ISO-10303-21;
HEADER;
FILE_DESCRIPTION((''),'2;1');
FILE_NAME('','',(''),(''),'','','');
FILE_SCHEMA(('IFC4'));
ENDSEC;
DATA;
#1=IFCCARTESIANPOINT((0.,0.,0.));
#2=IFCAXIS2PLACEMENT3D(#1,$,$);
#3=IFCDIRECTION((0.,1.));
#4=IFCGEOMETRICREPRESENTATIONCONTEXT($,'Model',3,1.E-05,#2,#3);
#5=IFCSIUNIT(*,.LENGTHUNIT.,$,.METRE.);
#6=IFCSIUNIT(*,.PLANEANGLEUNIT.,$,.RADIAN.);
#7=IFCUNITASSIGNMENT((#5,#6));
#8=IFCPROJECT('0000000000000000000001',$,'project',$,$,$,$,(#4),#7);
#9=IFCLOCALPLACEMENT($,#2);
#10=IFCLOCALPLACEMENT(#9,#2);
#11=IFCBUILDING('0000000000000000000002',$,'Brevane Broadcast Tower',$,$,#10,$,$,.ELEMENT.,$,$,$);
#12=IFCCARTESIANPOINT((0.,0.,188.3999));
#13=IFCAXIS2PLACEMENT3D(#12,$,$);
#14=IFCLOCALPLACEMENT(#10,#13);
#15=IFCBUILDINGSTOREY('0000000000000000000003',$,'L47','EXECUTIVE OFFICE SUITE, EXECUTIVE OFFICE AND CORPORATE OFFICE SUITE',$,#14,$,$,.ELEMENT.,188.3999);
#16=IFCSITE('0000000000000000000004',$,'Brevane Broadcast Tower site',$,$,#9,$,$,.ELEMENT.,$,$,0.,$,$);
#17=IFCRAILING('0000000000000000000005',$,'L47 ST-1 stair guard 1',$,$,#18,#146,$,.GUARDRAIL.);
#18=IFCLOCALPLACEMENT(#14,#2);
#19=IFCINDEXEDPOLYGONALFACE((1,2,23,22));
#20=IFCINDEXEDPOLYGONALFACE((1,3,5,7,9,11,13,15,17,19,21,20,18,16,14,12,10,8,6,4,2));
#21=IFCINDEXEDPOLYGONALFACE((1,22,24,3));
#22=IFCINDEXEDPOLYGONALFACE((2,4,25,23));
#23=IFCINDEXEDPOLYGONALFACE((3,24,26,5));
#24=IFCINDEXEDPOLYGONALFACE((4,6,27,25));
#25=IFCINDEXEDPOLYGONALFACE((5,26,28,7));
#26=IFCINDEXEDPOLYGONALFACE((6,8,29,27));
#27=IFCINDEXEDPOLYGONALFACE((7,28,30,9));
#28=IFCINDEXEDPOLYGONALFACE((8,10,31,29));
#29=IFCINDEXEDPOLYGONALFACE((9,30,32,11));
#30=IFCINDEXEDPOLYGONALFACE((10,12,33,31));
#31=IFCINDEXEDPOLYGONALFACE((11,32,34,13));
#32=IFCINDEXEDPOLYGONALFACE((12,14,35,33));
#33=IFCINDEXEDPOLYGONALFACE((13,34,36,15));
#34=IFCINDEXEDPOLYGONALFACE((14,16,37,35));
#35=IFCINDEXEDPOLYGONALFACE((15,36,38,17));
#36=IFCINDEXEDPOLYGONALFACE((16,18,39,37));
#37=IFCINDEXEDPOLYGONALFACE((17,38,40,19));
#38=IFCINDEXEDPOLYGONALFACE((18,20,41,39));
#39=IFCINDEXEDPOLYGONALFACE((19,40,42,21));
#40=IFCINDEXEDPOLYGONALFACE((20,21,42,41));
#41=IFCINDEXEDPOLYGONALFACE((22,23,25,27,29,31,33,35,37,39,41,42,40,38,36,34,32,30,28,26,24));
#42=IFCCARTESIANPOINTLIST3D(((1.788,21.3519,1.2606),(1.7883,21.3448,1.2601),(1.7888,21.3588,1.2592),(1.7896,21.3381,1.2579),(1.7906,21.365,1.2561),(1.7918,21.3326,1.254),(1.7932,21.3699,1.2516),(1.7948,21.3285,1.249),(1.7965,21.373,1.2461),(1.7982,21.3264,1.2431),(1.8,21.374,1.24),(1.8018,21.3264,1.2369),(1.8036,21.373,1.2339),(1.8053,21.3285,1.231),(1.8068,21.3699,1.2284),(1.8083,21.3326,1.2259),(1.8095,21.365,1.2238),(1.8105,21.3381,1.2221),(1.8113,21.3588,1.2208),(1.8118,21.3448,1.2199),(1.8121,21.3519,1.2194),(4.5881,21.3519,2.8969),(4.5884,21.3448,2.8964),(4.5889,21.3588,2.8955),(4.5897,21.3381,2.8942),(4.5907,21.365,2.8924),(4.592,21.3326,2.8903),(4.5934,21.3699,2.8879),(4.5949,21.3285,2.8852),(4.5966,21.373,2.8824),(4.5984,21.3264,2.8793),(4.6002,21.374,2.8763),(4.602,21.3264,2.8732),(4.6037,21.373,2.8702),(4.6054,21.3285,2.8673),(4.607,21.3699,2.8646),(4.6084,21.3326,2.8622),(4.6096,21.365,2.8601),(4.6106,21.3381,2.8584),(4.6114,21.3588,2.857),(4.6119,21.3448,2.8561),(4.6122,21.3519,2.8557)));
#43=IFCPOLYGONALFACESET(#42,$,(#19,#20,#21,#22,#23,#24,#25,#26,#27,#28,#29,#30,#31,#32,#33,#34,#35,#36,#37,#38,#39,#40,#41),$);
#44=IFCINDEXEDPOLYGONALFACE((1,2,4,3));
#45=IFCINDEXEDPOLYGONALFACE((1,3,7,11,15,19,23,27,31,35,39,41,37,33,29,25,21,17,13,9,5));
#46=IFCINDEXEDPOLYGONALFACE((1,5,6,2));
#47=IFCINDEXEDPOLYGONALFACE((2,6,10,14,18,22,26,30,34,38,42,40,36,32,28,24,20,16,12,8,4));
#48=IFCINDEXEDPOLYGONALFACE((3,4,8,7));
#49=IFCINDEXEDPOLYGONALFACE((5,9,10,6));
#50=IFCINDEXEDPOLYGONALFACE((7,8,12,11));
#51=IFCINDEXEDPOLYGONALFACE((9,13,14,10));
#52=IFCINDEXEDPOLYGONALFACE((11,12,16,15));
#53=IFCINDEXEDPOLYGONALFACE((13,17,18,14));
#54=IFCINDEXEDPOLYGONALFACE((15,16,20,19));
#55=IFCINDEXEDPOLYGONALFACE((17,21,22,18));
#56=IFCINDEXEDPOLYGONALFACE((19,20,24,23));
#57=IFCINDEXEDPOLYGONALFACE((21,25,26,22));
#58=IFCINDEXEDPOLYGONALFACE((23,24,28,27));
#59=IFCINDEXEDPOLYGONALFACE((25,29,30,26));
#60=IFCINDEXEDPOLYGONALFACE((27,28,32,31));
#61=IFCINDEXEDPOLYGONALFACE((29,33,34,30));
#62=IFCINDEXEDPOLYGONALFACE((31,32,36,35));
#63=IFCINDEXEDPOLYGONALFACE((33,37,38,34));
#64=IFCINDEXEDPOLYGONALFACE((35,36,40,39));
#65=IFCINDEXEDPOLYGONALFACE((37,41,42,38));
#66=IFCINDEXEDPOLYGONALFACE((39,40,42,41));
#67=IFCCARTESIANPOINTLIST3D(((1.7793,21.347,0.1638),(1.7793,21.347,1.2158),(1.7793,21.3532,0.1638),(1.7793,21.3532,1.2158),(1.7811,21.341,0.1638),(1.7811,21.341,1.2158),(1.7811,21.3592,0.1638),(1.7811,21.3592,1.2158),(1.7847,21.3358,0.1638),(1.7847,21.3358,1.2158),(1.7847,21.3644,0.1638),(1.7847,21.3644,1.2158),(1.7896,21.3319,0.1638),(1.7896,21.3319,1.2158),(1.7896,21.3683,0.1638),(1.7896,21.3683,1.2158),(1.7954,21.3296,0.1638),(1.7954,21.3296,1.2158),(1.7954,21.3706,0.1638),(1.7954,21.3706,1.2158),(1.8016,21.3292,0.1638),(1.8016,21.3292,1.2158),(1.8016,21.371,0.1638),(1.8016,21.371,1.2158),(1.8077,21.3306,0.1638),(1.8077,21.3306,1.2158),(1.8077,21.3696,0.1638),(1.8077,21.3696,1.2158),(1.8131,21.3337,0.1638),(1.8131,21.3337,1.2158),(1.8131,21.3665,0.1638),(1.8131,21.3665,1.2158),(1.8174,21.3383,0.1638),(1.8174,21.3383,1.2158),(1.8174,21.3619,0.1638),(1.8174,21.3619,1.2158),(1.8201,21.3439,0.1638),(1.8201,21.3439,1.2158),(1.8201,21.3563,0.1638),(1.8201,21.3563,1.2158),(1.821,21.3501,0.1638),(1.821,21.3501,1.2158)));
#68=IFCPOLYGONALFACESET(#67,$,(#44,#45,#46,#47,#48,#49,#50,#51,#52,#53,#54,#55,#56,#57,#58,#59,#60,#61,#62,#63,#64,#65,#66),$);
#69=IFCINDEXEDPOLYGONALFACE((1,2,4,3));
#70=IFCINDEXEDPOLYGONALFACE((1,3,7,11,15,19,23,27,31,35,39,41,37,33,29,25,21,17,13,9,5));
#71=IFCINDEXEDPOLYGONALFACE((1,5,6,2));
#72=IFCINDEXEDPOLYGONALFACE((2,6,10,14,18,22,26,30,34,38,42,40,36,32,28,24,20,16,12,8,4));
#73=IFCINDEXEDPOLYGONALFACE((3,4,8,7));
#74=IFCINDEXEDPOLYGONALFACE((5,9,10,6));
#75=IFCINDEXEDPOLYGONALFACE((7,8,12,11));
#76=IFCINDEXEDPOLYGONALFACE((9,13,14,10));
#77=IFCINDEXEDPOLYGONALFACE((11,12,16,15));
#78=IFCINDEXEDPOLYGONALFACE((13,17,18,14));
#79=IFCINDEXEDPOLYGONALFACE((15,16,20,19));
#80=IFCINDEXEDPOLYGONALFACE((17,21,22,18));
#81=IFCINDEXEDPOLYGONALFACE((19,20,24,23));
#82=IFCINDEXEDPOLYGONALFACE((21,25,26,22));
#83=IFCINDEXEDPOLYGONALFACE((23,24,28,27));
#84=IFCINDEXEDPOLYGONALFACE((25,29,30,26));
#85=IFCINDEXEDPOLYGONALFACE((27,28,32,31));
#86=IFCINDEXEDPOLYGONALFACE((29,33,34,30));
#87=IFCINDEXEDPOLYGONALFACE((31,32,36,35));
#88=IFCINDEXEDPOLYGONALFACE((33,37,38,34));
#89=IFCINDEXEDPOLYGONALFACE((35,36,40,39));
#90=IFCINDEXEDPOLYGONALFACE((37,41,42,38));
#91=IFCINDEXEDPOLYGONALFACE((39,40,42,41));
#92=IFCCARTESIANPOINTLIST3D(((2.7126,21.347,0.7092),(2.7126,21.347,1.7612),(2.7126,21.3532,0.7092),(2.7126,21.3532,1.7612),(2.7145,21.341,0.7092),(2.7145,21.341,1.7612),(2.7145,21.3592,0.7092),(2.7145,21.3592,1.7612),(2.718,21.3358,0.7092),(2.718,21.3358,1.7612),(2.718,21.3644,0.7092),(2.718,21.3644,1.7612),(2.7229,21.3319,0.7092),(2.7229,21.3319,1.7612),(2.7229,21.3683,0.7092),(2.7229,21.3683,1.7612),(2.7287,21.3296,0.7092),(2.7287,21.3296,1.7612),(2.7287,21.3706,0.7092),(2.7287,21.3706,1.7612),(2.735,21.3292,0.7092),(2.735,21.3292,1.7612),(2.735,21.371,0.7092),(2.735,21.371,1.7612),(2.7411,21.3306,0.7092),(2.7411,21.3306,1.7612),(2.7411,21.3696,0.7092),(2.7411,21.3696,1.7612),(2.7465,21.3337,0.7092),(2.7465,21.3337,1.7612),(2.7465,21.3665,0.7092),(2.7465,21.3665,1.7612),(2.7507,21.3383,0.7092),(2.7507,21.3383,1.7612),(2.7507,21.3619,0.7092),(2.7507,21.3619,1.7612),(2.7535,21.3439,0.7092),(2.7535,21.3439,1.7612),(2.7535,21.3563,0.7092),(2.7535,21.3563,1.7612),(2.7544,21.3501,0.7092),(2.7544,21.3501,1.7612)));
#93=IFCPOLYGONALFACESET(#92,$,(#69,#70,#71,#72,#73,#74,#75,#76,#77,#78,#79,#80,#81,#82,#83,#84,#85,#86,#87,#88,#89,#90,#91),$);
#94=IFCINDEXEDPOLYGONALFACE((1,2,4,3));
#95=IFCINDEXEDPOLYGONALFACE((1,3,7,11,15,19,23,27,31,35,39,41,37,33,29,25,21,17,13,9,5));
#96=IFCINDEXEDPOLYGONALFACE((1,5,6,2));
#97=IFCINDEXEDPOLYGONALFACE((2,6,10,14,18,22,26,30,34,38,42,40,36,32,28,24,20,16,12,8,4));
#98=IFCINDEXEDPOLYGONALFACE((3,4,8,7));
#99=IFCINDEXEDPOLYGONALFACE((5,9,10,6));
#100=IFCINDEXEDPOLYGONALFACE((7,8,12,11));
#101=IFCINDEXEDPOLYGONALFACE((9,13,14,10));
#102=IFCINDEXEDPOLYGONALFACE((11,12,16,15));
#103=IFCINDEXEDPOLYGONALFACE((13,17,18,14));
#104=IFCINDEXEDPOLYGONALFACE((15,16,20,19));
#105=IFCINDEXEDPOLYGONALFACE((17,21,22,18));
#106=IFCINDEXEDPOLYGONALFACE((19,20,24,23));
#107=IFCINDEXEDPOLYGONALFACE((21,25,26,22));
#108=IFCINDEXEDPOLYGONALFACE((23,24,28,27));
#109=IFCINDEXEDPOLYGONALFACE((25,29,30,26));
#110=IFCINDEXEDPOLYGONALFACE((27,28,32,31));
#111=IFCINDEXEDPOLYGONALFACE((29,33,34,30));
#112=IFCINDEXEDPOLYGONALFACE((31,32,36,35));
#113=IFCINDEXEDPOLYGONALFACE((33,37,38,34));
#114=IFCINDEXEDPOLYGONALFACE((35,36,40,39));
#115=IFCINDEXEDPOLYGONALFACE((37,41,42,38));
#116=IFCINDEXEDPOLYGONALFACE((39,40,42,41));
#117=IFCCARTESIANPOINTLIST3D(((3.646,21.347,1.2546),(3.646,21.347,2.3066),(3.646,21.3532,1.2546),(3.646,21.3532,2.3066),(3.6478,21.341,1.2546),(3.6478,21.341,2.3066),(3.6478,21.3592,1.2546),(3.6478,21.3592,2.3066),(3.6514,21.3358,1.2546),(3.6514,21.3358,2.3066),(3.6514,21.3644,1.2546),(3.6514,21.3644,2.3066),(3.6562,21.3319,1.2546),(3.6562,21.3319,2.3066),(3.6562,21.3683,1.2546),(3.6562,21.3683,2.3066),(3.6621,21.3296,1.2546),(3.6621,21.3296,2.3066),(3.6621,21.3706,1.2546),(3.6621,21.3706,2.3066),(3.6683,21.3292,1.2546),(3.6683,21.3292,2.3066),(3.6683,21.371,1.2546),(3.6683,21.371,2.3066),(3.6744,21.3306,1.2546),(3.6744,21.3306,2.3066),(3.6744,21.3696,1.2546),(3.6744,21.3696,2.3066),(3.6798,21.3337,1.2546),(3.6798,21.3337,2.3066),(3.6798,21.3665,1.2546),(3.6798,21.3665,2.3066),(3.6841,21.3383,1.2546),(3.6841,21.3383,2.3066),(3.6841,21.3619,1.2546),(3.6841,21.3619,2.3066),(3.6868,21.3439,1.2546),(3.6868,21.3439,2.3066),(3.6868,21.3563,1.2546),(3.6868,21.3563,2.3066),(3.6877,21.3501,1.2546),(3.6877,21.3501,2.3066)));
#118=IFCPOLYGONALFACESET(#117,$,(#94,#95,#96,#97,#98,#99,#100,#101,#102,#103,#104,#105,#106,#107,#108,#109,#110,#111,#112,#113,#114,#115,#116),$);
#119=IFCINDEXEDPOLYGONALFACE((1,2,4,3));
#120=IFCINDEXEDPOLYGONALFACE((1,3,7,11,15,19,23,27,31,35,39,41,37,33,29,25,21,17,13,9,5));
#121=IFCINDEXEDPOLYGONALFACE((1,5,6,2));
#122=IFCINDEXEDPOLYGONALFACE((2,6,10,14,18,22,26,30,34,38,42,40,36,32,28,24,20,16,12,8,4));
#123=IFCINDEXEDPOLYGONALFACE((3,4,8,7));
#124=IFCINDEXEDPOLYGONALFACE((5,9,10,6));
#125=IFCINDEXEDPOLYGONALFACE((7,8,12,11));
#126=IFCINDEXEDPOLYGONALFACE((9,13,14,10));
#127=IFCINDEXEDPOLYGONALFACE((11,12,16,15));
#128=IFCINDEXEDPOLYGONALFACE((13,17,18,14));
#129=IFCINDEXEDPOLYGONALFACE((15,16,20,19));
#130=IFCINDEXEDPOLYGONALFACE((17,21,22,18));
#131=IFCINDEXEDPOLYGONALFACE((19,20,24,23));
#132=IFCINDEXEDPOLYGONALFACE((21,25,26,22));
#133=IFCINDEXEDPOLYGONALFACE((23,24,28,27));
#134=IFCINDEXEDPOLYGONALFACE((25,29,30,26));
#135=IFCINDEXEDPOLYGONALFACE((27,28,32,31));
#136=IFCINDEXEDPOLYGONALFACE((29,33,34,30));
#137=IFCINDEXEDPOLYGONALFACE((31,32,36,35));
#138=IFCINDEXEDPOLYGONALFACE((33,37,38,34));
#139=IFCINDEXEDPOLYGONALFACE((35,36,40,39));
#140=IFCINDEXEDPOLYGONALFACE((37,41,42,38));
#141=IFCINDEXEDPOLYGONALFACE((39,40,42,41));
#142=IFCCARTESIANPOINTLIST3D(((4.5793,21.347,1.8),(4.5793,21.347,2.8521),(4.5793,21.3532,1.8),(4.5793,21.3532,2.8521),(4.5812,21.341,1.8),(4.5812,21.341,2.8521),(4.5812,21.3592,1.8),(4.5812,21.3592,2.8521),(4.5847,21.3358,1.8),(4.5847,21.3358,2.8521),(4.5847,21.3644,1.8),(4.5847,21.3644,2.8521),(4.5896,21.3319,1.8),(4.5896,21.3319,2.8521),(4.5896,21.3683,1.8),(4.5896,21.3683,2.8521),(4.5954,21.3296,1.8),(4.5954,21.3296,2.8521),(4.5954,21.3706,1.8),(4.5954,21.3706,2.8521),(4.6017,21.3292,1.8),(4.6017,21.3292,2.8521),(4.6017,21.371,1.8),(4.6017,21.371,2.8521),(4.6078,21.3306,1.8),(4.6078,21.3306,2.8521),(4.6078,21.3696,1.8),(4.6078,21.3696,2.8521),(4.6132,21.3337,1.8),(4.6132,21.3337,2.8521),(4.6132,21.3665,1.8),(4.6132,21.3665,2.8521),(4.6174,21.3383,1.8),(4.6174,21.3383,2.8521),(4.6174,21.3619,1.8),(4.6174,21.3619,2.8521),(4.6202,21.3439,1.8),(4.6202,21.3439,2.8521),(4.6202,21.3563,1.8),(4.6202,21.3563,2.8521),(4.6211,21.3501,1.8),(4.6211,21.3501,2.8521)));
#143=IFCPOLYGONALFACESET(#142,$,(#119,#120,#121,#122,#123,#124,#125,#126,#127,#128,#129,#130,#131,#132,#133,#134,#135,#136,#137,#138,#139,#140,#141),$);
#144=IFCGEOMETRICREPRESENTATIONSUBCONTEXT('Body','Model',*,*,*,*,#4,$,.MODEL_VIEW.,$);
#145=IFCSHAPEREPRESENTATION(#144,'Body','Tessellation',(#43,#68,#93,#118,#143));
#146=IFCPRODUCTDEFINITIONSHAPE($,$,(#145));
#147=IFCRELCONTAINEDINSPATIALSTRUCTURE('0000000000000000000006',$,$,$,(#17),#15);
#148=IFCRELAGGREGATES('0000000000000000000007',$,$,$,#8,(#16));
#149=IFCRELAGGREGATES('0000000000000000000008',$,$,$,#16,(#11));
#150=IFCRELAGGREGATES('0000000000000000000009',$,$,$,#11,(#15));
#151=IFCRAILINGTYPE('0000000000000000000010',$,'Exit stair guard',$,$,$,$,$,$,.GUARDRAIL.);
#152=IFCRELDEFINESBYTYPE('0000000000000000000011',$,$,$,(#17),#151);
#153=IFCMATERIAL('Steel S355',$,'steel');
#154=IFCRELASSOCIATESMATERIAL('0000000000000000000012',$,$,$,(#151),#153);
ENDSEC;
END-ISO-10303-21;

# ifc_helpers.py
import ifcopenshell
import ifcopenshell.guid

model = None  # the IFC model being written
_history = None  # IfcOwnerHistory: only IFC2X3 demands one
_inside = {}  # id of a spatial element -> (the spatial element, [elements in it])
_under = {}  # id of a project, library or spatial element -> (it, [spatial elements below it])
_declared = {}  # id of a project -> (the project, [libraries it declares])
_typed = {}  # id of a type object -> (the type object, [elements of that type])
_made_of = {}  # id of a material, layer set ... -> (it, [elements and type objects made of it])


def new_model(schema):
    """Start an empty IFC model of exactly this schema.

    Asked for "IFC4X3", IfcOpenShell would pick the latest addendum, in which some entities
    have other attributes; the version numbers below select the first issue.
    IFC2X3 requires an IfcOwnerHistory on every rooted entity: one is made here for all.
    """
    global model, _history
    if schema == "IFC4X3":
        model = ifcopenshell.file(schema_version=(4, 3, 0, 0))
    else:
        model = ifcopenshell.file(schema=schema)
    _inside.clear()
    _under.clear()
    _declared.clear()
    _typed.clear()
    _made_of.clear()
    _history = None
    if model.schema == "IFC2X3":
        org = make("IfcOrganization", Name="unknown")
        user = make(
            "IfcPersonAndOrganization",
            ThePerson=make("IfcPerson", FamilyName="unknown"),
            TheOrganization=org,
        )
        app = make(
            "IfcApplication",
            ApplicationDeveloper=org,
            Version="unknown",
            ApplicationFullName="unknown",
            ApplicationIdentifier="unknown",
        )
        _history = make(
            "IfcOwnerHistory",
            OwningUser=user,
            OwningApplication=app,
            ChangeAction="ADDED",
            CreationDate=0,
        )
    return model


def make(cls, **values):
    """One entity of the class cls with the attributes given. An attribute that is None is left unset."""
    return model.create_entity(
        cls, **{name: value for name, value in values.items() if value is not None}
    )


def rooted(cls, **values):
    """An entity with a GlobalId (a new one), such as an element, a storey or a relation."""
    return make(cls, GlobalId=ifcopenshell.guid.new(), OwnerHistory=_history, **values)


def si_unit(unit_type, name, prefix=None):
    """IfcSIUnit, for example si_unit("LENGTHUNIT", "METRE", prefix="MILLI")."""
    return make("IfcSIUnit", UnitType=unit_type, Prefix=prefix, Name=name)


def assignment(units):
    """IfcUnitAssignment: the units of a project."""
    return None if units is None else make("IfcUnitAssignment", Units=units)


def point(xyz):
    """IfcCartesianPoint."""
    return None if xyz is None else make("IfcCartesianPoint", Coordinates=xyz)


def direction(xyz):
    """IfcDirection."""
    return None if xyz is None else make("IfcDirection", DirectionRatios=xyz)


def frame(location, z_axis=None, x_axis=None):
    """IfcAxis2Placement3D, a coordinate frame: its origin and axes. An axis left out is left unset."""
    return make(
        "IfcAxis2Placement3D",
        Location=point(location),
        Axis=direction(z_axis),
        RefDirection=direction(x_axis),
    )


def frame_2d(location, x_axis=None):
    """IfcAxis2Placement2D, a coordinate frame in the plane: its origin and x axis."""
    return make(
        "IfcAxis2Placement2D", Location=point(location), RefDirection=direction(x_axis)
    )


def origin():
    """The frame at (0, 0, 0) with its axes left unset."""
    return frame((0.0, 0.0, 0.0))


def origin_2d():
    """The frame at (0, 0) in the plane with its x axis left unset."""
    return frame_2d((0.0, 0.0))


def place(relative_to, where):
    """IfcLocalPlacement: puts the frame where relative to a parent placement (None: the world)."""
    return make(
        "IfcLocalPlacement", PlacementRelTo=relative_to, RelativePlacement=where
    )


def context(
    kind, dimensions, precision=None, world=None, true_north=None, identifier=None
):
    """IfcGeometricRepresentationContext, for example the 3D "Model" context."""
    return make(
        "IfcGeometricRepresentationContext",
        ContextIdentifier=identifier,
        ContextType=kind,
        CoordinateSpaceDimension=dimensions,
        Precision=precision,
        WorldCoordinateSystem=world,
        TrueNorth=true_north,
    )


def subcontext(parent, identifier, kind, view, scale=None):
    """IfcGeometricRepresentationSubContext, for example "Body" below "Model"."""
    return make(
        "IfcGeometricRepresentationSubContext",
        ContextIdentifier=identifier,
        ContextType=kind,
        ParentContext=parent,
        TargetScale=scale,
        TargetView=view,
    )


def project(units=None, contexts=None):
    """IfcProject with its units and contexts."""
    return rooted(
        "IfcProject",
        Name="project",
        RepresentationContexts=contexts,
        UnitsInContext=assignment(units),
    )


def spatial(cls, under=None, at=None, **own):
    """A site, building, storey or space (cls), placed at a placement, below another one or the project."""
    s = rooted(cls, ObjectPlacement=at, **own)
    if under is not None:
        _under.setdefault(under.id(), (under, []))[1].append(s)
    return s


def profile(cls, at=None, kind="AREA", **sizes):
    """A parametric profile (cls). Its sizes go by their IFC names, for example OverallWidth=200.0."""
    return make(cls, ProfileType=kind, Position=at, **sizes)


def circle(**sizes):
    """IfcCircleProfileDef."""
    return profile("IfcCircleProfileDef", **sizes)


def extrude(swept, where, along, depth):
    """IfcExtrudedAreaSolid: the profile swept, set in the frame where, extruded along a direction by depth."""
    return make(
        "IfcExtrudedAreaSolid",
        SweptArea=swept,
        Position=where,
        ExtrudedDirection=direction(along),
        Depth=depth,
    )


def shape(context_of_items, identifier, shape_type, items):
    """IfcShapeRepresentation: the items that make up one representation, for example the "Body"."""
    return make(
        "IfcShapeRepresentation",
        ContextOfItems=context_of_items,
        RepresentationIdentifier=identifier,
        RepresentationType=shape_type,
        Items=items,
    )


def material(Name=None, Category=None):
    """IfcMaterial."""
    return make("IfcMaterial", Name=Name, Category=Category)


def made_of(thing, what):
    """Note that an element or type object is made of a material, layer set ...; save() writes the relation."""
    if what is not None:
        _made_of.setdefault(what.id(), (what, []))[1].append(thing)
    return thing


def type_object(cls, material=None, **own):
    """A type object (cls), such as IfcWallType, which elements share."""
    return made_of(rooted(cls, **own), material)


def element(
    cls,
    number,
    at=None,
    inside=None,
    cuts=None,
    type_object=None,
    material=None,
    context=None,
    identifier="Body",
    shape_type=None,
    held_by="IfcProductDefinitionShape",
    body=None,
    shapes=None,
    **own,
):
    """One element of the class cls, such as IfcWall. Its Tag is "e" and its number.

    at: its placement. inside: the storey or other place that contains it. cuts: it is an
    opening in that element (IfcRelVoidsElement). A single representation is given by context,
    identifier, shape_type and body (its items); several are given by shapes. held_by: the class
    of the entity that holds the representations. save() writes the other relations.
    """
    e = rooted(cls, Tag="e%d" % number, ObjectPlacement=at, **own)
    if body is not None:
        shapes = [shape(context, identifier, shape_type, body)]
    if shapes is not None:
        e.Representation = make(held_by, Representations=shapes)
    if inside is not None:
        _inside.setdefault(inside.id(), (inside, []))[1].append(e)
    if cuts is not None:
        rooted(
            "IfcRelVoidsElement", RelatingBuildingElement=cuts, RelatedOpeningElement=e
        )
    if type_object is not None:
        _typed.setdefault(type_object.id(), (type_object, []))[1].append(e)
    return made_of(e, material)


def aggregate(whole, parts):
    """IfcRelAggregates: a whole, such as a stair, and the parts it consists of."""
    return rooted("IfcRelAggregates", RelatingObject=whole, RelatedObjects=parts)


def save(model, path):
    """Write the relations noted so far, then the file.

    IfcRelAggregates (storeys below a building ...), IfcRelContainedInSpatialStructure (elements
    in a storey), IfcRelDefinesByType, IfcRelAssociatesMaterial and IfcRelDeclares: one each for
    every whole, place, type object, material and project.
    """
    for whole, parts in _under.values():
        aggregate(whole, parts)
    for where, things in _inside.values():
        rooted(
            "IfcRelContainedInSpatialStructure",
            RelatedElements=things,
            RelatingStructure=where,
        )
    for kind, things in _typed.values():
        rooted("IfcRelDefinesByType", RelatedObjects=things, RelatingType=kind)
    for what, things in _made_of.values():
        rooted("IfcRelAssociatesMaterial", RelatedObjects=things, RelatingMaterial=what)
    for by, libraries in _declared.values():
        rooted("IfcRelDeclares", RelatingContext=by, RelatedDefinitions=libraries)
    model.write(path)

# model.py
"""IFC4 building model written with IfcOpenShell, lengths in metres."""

from ifc_helpers import new_model, si_unit, direction, frame, origin, origin_2d, place, context, subcontext, project, spatial, circle, extrude, material, type_object, element, save


model = new_model("IFC4")

# Units and contexts
model_context = context("Model", 3, precision=1e-05, world=origin(), true_north=direction((0.0, 1.0)))
body_context = subcontext(model_context, "Body", "Model", "MODEL_VIEW")
ifc_project = project(units=[si_unit("LENGTHUNIT", "METRE"), si_unit("PLANEANGLEUNIT", "RADIAN")], contexts=[model_context])

# Site, building, storey
site_placement = place(None, origin())
site = spatial("IfcSite", under=ifc_project, at=site_placement, Name="Brevane Broadcast Tower site", CompositionType="ELEMENT", RefElevation=0.0)
building_placement = place(site_placement, origin())
building = spatial("IfcBuilding", under=site, at=building_placement, Name="Brevane Broadcast Tower", CompositionType="ELEMENT")
storey_placement = place(building_placement, frame((0.0, 0.0, 188.3999)))
storey = spatial("IfcBuildingStorey", under=building, at=storey_placement, Name="L47", Description="EXECUTIVE OFFICE SUITE, EXECUTIVE OFFICE AND CORPORATE OFFICE SUITE", CompositionType="ELEMENT", Elevation=188.3999)

# Railing
ifc_material_1 = material(Name="Steel S355", Category="steel")
railing_type_1 = type_object("IfcRailingType", Name="Exit stair guard", PredefinedType="GUARDRAIL", material=ifc_material_1)
railing_1_placement = place(storey_placement, frame((1.8, 21.3501, 0.1638)))
element("IfcRailing", 1, at=railing_1_placement, inside=storey, type_object=railing_type_1, Name="L47 ST-1 stair guard 1", PredefinedType="GUARDRAIL", context=body_context, shape_type="SweptSolid", body=[
    extrude(circle(Radius=0.0239, at=origin_2d()), frame((0.0, 0.0, 1.0762), z_axis=(0.863394, 0.0, 0.504531), x_axis=(0.0, 1.0, 0.0)), (0.0, 0.0, 1.0), 3.2432),
    extrude(circle(Radius=0.021, at=origin_2d()), origin(), (0.0, 0.0, 1.0), 1.052),
    extrude(circle(Radius=0.021, at=origin_2d()), frame((0.9333, 0.0, 0.5454)), (0.0, 0.0, 1.0), 1.052),
    extrude(circle(Radius=0.021, at=origin_2d()), frame((1.8667, 0.0, 1.0908)), (0.0, 0.0, 1.0), 1.052),
    extrude(circle(Radius=0.021, at=origin_2d()), frame((2.8, 0.0, 1.6362)), (0.0, 0.0, 1.0), 1.052),
])

save(model, "model.ifc")
